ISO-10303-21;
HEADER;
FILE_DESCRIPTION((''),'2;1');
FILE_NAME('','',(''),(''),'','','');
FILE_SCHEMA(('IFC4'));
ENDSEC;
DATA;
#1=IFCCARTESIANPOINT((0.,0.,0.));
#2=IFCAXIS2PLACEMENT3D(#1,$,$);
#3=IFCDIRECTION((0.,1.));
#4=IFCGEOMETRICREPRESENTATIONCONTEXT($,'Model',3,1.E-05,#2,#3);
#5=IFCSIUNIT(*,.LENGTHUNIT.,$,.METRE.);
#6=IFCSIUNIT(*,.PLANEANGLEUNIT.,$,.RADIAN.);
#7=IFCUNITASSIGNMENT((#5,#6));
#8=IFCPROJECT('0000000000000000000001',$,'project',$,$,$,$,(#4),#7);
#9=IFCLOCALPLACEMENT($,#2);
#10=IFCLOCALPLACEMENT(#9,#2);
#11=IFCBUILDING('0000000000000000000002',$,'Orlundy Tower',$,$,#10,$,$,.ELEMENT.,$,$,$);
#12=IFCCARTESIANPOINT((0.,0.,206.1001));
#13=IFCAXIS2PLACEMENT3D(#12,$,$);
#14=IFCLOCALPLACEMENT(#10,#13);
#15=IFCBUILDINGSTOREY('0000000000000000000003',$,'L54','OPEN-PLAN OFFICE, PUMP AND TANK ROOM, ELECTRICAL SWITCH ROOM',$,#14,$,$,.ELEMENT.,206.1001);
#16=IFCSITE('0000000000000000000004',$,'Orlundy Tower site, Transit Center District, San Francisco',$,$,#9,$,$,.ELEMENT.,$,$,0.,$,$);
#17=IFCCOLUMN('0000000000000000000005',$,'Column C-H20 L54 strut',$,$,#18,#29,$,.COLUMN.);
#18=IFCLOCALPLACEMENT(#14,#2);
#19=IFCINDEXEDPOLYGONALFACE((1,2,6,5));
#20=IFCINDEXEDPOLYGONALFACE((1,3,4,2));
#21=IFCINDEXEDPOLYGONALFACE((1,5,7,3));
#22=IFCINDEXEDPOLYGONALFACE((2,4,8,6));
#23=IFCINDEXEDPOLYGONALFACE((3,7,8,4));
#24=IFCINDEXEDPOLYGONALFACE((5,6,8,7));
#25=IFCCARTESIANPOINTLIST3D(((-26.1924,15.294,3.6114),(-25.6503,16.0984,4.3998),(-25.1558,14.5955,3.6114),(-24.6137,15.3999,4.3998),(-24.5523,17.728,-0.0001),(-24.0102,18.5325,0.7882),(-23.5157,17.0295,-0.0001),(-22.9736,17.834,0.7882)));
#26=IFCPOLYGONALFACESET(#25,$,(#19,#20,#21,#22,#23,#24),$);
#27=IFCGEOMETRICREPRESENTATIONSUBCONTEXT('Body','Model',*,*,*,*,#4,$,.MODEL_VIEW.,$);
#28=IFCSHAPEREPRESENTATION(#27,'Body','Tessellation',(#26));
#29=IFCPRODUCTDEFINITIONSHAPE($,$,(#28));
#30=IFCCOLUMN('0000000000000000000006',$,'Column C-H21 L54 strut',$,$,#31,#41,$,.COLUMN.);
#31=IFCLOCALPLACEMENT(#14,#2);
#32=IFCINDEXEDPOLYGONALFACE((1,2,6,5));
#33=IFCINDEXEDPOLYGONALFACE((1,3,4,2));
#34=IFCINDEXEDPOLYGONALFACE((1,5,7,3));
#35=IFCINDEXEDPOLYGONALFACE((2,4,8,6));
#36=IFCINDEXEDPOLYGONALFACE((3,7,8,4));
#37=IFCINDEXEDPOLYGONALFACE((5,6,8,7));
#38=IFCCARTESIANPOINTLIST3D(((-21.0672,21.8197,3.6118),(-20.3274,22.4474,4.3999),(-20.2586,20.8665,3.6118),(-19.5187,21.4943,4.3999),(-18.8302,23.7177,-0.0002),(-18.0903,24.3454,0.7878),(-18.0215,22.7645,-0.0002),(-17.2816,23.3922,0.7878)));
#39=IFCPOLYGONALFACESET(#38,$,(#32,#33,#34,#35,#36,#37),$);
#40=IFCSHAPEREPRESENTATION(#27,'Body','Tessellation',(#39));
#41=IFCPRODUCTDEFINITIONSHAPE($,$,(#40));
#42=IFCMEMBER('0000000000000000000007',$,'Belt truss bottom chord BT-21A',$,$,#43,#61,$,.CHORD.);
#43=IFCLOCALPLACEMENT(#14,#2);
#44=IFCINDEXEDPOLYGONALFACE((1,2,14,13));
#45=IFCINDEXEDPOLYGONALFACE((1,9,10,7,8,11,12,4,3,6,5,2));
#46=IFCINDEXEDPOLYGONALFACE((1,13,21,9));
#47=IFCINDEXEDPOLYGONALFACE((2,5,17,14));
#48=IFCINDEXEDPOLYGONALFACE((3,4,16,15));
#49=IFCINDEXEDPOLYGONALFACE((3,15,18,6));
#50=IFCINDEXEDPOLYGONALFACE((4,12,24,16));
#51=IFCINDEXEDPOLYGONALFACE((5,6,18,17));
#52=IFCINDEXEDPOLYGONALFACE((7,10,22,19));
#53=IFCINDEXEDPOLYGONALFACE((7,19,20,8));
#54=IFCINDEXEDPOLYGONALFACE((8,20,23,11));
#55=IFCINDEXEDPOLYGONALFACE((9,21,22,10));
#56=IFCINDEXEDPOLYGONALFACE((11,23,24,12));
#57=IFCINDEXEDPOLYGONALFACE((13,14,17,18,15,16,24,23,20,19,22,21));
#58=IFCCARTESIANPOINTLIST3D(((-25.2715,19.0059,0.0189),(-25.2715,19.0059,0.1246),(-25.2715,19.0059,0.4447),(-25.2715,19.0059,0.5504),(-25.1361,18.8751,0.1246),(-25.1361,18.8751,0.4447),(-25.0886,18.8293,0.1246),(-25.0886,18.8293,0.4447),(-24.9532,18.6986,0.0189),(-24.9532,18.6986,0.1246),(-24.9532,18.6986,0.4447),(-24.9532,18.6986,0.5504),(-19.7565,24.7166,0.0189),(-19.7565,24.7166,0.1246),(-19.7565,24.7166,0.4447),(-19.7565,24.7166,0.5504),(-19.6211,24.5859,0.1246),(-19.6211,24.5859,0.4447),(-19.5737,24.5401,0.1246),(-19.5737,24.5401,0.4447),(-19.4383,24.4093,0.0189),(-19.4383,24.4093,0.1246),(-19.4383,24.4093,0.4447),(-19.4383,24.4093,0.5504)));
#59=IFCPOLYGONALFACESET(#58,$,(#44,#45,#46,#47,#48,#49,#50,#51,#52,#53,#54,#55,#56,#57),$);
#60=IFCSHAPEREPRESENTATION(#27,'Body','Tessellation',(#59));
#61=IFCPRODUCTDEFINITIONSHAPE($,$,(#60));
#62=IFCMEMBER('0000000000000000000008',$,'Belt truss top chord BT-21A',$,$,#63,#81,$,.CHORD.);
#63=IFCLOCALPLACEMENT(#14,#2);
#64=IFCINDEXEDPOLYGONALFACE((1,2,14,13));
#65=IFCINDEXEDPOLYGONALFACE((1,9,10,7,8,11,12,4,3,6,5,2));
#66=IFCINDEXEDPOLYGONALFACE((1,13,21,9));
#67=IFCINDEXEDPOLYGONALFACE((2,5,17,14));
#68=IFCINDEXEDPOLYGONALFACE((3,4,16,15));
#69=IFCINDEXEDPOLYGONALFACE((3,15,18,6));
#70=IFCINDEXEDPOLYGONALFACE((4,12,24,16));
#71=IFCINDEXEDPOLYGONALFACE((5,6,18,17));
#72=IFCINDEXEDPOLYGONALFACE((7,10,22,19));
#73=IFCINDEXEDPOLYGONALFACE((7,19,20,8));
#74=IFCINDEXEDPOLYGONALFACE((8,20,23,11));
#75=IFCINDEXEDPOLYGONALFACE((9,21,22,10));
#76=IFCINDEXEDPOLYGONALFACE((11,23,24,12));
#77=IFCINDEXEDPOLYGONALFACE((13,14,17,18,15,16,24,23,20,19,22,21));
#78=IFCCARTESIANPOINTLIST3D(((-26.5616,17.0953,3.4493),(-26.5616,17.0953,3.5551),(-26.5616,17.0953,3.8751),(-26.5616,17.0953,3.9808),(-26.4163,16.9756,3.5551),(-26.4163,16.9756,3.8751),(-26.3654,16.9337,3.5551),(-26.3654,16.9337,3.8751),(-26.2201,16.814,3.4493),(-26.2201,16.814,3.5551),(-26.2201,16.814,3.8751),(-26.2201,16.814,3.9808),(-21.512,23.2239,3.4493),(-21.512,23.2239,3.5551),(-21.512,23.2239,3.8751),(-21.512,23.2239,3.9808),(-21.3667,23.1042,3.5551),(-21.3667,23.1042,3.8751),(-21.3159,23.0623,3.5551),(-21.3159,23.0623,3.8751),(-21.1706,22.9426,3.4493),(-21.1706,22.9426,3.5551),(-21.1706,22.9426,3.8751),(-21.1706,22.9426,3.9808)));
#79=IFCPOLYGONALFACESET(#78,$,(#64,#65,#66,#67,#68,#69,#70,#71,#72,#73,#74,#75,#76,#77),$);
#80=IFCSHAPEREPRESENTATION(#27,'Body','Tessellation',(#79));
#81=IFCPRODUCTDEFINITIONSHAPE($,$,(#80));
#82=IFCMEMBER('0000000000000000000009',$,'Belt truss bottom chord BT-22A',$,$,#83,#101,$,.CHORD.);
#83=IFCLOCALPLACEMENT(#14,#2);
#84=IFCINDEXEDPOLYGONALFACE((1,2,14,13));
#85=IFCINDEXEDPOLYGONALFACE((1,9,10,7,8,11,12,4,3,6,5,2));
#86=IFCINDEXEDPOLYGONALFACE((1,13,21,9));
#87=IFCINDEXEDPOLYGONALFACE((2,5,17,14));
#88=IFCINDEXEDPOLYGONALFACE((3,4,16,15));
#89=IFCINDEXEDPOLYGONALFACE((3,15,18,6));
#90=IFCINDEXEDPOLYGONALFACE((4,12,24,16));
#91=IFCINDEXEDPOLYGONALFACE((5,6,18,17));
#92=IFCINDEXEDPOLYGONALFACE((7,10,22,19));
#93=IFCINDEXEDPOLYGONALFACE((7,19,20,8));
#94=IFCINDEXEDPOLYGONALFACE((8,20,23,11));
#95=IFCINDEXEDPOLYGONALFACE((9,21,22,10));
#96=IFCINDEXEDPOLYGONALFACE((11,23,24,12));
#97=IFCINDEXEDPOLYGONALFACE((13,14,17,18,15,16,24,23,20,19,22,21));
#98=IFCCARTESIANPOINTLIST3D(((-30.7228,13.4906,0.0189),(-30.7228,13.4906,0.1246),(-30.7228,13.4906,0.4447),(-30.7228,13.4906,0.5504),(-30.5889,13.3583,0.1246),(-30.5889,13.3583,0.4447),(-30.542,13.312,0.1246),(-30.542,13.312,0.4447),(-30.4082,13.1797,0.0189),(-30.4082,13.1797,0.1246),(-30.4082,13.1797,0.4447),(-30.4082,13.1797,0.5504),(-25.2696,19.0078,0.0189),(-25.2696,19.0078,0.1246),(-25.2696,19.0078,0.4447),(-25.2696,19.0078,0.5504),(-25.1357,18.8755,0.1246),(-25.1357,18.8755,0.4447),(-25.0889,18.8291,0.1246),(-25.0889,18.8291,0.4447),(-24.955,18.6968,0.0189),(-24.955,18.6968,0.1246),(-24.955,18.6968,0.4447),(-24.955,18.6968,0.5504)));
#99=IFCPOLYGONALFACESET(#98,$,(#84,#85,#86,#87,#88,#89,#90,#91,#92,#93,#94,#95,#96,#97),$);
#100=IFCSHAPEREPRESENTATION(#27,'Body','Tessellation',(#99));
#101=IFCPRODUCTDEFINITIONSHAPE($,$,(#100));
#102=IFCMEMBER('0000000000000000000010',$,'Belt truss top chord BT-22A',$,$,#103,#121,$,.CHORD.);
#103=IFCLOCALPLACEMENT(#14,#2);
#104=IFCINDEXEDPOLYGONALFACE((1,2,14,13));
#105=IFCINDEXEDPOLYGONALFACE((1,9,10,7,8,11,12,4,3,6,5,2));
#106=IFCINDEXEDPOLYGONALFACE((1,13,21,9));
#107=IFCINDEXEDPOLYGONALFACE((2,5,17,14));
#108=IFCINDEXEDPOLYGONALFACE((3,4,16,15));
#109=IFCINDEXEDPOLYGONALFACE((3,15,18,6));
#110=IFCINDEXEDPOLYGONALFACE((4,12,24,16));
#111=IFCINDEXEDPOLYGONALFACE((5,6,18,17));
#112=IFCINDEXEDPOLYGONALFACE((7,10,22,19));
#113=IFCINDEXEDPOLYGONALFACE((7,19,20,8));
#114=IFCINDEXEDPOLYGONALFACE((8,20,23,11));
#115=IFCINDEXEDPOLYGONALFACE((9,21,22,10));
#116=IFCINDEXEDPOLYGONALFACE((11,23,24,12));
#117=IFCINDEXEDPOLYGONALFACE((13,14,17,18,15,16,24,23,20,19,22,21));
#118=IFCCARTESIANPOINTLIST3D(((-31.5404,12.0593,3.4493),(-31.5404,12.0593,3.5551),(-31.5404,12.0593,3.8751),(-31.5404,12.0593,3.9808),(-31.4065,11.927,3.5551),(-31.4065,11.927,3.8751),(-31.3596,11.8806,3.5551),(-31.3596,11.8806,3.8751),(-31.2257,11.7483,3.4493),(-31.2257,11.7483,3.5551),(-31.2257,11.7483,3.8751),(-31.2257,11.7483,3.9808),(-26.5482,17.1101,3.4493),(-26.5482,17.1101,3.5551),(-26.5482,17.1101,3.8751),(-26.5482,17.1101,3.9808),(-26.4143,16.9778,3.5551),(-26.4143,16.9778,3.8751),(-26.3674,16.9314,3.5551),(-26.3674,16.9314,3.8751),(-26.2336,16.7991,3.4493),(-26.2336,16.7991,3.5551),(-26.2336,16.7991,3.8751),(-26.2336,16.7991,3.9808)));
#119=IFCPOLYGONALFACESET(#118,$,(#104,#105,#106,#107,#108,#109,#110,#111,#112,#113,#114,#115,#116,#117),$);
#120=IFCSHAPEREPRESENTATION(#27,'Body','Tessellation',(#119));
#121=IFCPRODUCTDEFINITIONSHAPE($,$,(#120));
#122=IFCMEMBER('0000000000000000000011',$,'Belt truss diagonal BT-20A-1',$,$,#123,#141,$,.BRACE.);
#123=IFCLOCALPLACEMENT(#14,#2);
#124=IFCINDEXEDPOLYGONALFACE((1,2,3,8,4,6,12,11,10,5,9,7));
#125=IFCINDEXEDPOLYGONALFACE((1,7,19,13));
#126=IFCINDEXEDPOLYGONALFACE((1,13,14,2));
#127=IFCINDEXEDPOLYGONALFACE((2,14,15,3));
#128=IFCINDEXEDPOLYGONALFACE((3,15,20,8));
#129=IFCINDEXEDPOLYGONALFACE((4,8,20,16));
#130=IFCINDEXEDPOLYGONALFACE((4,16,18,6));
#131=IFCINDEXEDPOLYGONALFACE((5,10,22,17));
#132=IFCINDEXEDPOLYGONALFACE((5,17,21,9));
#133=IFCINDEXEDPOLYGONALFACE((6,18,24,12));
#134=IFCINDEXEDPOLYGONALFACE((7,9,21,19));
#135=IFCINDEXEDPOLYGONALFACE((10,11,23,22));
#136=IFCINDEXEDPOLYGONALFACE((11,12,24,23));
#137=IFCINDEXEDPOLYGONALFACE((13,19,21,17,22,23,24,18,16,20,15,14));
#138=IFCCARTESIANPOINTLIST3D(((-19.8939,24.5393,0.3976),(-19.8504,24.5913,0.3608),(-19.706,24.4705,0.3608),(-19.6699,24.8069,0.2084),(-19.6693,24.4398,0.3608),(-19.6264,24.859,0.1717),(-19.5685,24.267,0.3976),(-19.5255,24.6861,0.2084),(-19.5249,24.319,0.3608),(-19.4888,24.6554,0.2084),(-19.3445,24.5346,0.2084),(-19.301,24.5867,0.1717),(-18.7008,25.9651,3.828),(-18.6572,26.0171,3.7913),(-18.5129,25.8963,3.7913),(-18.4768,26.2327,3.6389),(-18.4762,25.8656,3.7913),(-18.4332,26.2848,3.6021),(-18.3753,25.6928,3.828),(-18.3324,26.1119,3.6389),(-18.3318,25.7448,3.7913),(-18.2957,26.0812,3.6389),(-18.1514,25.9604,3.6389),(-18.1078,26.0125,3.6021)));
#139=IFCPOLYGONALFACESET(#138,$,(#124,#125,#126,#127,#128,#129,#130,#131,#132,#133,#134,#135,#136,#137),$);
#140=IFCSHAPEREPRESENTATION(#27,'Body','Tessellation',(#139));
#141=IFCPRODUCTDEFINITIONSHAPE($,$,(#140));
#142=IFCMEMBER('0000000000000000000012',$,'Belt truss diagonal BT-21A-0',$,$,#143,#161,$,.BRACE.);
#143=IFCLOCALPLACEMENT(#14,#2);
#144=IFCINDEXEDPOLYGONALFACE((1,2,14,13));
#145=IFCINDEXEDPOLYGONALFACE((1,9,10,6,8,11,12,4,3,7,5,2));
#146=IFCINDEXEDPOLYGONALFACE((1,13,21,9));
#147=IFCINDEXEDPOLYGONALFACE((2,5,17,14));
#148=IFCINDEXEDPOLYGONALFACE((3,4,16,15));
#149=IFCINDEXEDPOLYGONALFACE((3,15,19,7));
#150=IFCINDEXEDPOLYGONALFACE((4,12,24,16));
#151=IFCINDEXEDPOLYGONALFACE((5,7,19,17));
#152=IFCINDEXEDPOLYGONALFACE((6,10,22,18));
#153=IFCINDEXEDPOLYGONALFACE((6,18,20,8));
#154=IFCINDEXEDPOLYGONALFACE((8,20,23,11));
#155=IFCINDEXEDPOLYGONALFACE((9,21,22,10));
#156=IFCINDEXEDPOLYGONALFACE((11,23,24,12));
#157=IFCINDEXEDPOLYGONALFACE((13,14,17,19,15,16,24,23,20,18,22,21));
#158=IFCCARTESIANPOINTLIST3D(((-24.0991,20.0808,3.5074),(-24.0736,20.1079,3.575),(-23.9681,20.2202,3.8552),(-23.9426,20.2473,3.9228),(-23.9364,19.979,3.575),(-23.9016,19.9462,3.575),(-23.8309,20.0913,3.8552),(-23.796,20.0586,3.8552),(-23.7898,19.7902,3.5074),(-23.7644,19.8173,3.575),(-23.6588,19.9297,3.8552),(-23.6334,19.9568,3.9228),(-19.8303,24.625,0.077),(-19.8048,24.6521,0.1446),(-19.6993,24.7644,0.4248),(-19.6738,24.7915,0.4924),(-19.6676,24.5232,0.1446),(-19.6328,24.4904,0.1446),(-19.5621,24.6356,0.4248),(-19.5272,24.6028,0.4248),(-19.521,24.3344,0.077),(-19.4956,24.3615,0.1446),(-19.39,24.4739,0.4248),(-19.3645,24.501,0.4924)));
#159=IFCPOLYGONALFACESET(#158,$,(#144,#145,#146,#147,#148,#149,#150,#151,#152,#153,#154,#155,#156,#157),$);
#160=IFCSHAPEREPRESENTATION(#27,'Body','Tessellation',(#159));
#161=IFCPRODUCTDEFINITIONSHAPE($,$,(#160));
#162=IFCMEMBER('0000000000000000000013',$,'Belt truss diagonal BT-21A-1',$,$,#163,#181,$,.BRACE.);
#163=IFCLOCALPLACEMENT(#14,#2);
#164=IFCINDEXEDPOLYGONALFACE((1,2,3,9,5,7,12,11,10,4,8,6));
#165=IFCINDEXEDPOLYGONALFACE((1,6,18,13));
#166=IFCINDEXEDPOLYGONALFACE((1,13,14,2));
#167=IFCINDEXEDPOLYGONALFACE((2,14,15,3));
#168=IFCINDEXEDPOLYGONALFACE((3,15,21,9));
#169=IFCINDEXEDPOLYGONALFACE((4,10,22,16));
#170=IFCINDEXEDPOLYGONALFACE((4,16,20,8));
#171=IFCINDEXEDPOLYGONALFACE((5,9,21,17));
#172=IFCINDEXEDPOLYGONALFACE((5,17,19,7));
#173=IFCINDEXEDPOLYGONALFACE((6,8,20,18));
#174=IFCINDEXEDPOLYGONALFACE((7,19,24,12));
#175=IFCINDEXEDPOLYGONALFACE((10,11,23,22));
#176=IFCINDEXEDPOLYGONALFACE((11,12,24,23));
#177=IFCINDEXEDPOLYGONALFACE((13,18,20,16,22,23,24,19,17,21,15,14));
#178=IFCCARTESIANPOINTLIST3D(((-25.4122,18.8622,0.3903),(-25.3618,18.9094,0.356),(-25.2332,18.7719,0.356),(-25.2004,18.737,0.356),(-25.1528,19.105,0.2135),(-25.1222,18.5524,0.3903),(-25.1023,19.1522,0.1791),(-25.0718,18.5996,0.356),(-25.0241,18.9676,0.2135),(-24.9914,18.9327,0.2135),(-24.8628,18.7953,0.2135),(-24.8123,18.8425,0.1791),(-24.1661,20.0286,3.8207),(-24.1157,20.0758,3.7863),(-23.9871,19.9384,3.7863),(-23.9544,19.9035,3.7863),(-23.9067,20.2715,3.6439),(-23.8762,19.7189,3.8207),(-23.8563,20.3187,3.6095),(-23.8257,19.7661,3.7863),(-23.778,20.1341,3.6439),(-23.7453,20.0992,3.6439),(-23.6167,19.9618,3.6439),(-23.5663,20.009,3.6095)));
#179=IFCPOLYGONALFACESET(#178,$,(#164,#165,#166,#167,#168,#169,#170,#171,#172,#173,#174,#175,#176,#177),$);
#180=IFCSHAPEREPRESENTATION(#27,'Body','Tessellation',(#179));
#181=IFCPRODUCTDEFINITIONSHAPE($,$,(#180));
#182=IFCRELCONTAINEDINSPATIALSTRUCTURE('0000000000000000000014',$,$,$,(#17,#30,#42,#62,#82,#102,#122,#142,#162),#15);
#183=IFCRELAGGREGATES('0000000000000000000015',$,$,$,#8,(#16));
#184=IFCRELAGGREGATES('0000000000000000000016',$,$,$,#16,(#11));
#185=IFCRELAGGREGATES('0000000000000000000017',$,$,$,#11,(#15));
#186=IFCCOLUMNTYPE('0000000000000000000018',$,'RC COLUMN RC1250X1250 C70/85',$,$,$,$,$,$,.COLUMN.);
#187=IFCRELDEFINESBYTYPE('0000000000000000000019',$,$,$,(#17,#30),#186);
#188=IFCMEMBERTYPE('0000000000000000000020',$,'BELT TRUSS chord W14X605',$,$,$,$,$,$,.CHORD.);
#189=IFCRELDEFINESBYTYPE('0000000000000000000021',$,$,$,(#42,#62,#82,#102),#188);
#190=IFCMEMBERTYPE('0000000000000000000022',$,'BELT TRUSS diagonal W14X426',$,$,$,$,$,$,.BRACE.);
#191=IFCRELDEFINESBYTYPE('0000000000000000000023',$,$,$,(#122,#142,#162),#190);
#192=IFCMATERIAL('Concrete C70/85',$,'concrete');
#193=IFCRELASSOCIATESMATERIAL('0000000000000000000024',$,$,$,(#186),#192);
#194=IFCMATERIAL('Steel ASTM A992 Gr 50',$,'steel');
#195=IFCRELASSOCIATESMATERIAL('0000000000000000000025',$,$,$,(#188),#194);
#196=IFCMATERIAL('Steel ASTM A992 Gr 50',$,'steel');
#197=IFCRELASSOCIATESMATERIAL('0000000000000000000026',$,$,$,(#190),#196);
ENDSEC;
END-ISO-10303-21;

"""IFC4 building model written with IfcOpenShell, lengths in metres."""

from ifc_helpers import new_model, si_unit, direction, frame, origin, origin_2d, place, context, subcontext, project, spatial, rectangle, i_section, extrude, material, material_profile, profile_set, type_object, element, save


model = new_model("IFC4")

# Units and contexts
model_context = context("Model", 3, precision=1e-05, world=origin(), true_north=direction((0.0, 1.0)))
body_context = subcontext(model_context, "Body", "Model", "MODEL_VIEW")
ifc_project = project(units=[si_unit("LENGTHUNIT", "METRE"), si_unit("PLANEANGLEUNIT", "RADIAN")], contexts=[model_context])

# Site, building, storey
site_placement = place(None, origin())
site = spatial("IfcSite", under=ifc_project, at=site_placement, Name="Orlundy Tower site, Transit Center District, San Francisco", CompositionType="ELEMENT", RefElevation=0.0)
building_placement = place(site_placement, origin())
building = spatial("IfcBuilding", under=site, at=building_placement, Name="Orlundy Tower", CompositionType="ELEMENT")
storey_placement = place(building_placement, frame((0.0, 0.0, 206.1001)))
storey = spatial("IfcBuildingStorey", under=building, at=storey_placement, Name="L54", Description="OPEN-PLAN OFFICE, PUMP AND TANK ROOM, ELECTRICAL SWITCH ROOM", CompositionType="ELEMENT", Elevation=206.1001)

# Columns
ifc_material_1 = material(Name="Concrete C70/85", Category="concrete")
ifc_material_profile_1 = material_profile(ifc_material_1, rectangle(XDim=1.25, YDim=1.25, at=origin_2d()), Name="RC1250X1250")
ifc_profile_set_1 = profile_set([ifc_material_profile_1], Name="Concrete C70/85")
column_type = type_object("IfcColumnType", Name="RC COLUMN RC1250X1250 C70/85", PredefinedType="COLUMN", material=ifc_profile_set_1)
column_1_placement = place(storey_placement, frame((-23.7629, 17.781, 0.394), z_axis=(-0.352426, -0.523026, 0.776041), x_axis=(0.829302, -0.558801, 0.0)))
element("IfcColumn", 1, at=column_1_placement, inside=storey, type_object=column_type, Name="Column C-H20 L54 strut", PredefinedType="COLUMN", context=body_context, shape_type="SweptSolid", body=[
    extrude(rectangle(XDim=1.25, YDim=1.25, at=origin_2d()), origin(), (0.0, 0.0, 1.0), 4.6538),
])
column_2_placement = place(storey_placement, frame((-18.0559, 23.5549, 0.3938), z_axis=(-0.480742, -0.407868, 0.776229), x_axis=(0.646945, -0.762537, 0.0)))
element("IfcColumn", 2, at=column_2_placement, inside=storey, type_object=column_type, Name="Column C-H21 L54 strut", PredefinedType="COLUMN", context=body_context, shape_type="SweptSolid", body=[
    extrude(rectangle(XDim=1.25, YDim=1.25, at=origin_2d()), origin(), (0.0, 0.0, 1.0), 4.6533),
])

# Members
ifc_material_2 = material(Name="Steel ASTM A992 Gr 50", Category="steel")
ifc_material_profile_2 = material_profile(ifc_material_2, i_section(OverallWidth=0.4424, OverallDepth=0.5315, WebThickness=0.0659, FlangeThickness=0.1057, at=origin_2d()), Name="W14X605")
ifc_profile_set_2 = profile_set([ifc_material_profile_2], Name="Steel ASTM A992 Gr 50")
member_type_1 = type_object("IfcMemberType", Name="BELT TRUSS chord W14X605", PredefinedType="CHORD", material=ifc_profile_set_2)
member_1_placement = place(storey_placement, frame((-19.5974, 24.563, 0.2847), z_axis=(-0.694668, -0.719331, 0.0), x_axis=(0.719331, -0.694668, 0.0)))
element("IfcMember", 3, at=member_1_placement, inside=storey, type_object=member_type_1, Name="Belt truss bottom chord BT-21A", PredefinedType="CHORD", context=body_context, shape_type="SweptSolid", body=[
    extrude(i_section(OverallWidth=0.4424, OverallDepth=0.5315, WebThickness=0.0659, FlangeThickness=0.1057, at=origin_2d()), origin(), (0.0, 0.0, 1.0), 7.939),
])
member_2_placement = place(storey_placement, frame((-21.3413, 23.0833, 3.7151), z_axis=(-0.635889, -0.77178, 0.0), x_axis=(0.77178, -0.635889, 0.0)))
element("IfcMember", 4, at=member_2_placement, inside=storey, type_object=member_type_1, Name="Belt truss top chord BT-21A", PredefinedType="CHORD", context=body_context, shape_type="SweptSolid", body=[
    extrude(i_section(OverallWidth=0.4424, OverallDepth=0.5315, WebThickness=0.0659, FlangeThickness=0.1057, at=origin_2d()), origin(), (0.0, 0.0, 1.0), 7.9409),
])
member_3_placement = place(storey_placement, frame((-25.1123, 18.8523, 0.2847), z_axis=(-0.702972, -0.711218, 0.0), x_axis=(0.711218, -0.702972, 0.0)))
element("IfcMember", 5, at=member_3_placement, inside=storey, type_object=member_type_1, Name="Belt truss bottom chord BT-22A", PredefinedType="CHORD", context=body_context, shape_type="SweptSolid", body=[
    extrude(i_section(OverallWidth=0.4424, OverallDepth=0.5315, WebThickness=0.0659, FlangeThickness=0.1057, at=origin_2d()), origin(), (0.0, 0.0, 1.0), 7.7573),
])
member_4_placement = place(storey_placement, frame((-26.3909, 16.9546, 3.7151), z_axis=(-0.702969, -0.71122, 0.0), x_axis=(0.71122, -0.702969, 0.0)))
element("IfcMember", 6, at=member_4_placement, inside=storey, type_object=member_type_1, Name="Belt truss top chord BT-22A", PredefinedType="CHORD", context=body_context, shape_type="SweptSolid", body=[
    extrude(i_section(OverallWidth=0.4424, OverallDepth=0.5315, WebThickness=0.0659, FlangeThickness=0.1057, at=origin_2d()), origin(), (0.0, 0.0, 1.0), 7.1016),
])
ifc_material_3 = material(Name="Steel ASTM A992 Gr 50", Category="steel")
ifc_material_profile_3 = material_profile(ifc_material_3, i_section(OverallWidth=0.4243, OverallDepth=0.4741, WebThickness=0.0479, FlangeThickness=0.0771, at=origin_2d()), Name="W14X426")
ifc_profile_set_3 = profile_set([ifc_material_profile_3], Name="Steel ASTM A992 Gr 50")
member_type_2 = type_object("IfcMemberType", Name="BELT TRUSS diagonal W14X426", PredefinedType="BRACE", material=ifc_profile_set_3)
member_5_placement = place(storey_placement, frame((-18.4043, 25.9888, 3.7151), z_axis=(-0.305785, -0.365415, -0.879186), x_axis=(0.766906, -0.641759, 0.0)))
element("IfcMember", 7, at=member_5_placement, inside=storey, type_object=member_type_2, Name="Belt truss diagonal BT-20A-1", PredefinedType="BRACE", context=body_context, shape_type="SweptSolid", body=[
    extrude(i_section(OverallWidth=0.4243, OverallDepth=0.4741, WebThickness=0.0479, FlangeThickness=0.0771, at=origin_2d()), origin(), (0.0, 0.0, 1.0), 3.9019),
])
member_6_placement = place(storey_placement, frame((-19.5974, 24.563, 0.2847), z_axis=(-0.599872, -0.638571, 0.482059), x_axis=(0.728847, -0.684677, 0.0)))
element("IfcMember", 8, at=member_6_placement, inside=storey, type_object=member_type_2, Name="Belt truss diagonal BT-21A-0", PredefinedType="BRACE", context=body_context, shape_type="SweptSolid", body=[
    extrude(i_section(OverallWidth=0.4243, OverallDepth=0.4741, WebThickness=0.0479, FlangeThickness=0.0771, at=origin_2d()), origin(), (0.0, 0.0, 1.0), 7.1162),
])
member_7_placement = place(storey_placement, frame((-23.8662, 20.0188, 3.7151), z_axis=(-0.325214, -0.304442, -0.895294), x_axis=(0.683408, -0.730037, 0.0)))
element("IfcMember", 9, at=member_7_placement, inside=storey, type_object=member_type_2, Name="Belt truss diagonal BT-21A-1", PredefinedType="BRACE", context=body_context, shape_type="SweptSolid", body=[
    extrude(i_section(OverallWidth=0.4243, OverallDepth=0.4741, WebThickness=0.0479, FlangeThickness=0.0771, at=origin_2d()), origin(), (0.0, 0.0, 1.0), 3.8315),
])

save(model, "model.ifc")
